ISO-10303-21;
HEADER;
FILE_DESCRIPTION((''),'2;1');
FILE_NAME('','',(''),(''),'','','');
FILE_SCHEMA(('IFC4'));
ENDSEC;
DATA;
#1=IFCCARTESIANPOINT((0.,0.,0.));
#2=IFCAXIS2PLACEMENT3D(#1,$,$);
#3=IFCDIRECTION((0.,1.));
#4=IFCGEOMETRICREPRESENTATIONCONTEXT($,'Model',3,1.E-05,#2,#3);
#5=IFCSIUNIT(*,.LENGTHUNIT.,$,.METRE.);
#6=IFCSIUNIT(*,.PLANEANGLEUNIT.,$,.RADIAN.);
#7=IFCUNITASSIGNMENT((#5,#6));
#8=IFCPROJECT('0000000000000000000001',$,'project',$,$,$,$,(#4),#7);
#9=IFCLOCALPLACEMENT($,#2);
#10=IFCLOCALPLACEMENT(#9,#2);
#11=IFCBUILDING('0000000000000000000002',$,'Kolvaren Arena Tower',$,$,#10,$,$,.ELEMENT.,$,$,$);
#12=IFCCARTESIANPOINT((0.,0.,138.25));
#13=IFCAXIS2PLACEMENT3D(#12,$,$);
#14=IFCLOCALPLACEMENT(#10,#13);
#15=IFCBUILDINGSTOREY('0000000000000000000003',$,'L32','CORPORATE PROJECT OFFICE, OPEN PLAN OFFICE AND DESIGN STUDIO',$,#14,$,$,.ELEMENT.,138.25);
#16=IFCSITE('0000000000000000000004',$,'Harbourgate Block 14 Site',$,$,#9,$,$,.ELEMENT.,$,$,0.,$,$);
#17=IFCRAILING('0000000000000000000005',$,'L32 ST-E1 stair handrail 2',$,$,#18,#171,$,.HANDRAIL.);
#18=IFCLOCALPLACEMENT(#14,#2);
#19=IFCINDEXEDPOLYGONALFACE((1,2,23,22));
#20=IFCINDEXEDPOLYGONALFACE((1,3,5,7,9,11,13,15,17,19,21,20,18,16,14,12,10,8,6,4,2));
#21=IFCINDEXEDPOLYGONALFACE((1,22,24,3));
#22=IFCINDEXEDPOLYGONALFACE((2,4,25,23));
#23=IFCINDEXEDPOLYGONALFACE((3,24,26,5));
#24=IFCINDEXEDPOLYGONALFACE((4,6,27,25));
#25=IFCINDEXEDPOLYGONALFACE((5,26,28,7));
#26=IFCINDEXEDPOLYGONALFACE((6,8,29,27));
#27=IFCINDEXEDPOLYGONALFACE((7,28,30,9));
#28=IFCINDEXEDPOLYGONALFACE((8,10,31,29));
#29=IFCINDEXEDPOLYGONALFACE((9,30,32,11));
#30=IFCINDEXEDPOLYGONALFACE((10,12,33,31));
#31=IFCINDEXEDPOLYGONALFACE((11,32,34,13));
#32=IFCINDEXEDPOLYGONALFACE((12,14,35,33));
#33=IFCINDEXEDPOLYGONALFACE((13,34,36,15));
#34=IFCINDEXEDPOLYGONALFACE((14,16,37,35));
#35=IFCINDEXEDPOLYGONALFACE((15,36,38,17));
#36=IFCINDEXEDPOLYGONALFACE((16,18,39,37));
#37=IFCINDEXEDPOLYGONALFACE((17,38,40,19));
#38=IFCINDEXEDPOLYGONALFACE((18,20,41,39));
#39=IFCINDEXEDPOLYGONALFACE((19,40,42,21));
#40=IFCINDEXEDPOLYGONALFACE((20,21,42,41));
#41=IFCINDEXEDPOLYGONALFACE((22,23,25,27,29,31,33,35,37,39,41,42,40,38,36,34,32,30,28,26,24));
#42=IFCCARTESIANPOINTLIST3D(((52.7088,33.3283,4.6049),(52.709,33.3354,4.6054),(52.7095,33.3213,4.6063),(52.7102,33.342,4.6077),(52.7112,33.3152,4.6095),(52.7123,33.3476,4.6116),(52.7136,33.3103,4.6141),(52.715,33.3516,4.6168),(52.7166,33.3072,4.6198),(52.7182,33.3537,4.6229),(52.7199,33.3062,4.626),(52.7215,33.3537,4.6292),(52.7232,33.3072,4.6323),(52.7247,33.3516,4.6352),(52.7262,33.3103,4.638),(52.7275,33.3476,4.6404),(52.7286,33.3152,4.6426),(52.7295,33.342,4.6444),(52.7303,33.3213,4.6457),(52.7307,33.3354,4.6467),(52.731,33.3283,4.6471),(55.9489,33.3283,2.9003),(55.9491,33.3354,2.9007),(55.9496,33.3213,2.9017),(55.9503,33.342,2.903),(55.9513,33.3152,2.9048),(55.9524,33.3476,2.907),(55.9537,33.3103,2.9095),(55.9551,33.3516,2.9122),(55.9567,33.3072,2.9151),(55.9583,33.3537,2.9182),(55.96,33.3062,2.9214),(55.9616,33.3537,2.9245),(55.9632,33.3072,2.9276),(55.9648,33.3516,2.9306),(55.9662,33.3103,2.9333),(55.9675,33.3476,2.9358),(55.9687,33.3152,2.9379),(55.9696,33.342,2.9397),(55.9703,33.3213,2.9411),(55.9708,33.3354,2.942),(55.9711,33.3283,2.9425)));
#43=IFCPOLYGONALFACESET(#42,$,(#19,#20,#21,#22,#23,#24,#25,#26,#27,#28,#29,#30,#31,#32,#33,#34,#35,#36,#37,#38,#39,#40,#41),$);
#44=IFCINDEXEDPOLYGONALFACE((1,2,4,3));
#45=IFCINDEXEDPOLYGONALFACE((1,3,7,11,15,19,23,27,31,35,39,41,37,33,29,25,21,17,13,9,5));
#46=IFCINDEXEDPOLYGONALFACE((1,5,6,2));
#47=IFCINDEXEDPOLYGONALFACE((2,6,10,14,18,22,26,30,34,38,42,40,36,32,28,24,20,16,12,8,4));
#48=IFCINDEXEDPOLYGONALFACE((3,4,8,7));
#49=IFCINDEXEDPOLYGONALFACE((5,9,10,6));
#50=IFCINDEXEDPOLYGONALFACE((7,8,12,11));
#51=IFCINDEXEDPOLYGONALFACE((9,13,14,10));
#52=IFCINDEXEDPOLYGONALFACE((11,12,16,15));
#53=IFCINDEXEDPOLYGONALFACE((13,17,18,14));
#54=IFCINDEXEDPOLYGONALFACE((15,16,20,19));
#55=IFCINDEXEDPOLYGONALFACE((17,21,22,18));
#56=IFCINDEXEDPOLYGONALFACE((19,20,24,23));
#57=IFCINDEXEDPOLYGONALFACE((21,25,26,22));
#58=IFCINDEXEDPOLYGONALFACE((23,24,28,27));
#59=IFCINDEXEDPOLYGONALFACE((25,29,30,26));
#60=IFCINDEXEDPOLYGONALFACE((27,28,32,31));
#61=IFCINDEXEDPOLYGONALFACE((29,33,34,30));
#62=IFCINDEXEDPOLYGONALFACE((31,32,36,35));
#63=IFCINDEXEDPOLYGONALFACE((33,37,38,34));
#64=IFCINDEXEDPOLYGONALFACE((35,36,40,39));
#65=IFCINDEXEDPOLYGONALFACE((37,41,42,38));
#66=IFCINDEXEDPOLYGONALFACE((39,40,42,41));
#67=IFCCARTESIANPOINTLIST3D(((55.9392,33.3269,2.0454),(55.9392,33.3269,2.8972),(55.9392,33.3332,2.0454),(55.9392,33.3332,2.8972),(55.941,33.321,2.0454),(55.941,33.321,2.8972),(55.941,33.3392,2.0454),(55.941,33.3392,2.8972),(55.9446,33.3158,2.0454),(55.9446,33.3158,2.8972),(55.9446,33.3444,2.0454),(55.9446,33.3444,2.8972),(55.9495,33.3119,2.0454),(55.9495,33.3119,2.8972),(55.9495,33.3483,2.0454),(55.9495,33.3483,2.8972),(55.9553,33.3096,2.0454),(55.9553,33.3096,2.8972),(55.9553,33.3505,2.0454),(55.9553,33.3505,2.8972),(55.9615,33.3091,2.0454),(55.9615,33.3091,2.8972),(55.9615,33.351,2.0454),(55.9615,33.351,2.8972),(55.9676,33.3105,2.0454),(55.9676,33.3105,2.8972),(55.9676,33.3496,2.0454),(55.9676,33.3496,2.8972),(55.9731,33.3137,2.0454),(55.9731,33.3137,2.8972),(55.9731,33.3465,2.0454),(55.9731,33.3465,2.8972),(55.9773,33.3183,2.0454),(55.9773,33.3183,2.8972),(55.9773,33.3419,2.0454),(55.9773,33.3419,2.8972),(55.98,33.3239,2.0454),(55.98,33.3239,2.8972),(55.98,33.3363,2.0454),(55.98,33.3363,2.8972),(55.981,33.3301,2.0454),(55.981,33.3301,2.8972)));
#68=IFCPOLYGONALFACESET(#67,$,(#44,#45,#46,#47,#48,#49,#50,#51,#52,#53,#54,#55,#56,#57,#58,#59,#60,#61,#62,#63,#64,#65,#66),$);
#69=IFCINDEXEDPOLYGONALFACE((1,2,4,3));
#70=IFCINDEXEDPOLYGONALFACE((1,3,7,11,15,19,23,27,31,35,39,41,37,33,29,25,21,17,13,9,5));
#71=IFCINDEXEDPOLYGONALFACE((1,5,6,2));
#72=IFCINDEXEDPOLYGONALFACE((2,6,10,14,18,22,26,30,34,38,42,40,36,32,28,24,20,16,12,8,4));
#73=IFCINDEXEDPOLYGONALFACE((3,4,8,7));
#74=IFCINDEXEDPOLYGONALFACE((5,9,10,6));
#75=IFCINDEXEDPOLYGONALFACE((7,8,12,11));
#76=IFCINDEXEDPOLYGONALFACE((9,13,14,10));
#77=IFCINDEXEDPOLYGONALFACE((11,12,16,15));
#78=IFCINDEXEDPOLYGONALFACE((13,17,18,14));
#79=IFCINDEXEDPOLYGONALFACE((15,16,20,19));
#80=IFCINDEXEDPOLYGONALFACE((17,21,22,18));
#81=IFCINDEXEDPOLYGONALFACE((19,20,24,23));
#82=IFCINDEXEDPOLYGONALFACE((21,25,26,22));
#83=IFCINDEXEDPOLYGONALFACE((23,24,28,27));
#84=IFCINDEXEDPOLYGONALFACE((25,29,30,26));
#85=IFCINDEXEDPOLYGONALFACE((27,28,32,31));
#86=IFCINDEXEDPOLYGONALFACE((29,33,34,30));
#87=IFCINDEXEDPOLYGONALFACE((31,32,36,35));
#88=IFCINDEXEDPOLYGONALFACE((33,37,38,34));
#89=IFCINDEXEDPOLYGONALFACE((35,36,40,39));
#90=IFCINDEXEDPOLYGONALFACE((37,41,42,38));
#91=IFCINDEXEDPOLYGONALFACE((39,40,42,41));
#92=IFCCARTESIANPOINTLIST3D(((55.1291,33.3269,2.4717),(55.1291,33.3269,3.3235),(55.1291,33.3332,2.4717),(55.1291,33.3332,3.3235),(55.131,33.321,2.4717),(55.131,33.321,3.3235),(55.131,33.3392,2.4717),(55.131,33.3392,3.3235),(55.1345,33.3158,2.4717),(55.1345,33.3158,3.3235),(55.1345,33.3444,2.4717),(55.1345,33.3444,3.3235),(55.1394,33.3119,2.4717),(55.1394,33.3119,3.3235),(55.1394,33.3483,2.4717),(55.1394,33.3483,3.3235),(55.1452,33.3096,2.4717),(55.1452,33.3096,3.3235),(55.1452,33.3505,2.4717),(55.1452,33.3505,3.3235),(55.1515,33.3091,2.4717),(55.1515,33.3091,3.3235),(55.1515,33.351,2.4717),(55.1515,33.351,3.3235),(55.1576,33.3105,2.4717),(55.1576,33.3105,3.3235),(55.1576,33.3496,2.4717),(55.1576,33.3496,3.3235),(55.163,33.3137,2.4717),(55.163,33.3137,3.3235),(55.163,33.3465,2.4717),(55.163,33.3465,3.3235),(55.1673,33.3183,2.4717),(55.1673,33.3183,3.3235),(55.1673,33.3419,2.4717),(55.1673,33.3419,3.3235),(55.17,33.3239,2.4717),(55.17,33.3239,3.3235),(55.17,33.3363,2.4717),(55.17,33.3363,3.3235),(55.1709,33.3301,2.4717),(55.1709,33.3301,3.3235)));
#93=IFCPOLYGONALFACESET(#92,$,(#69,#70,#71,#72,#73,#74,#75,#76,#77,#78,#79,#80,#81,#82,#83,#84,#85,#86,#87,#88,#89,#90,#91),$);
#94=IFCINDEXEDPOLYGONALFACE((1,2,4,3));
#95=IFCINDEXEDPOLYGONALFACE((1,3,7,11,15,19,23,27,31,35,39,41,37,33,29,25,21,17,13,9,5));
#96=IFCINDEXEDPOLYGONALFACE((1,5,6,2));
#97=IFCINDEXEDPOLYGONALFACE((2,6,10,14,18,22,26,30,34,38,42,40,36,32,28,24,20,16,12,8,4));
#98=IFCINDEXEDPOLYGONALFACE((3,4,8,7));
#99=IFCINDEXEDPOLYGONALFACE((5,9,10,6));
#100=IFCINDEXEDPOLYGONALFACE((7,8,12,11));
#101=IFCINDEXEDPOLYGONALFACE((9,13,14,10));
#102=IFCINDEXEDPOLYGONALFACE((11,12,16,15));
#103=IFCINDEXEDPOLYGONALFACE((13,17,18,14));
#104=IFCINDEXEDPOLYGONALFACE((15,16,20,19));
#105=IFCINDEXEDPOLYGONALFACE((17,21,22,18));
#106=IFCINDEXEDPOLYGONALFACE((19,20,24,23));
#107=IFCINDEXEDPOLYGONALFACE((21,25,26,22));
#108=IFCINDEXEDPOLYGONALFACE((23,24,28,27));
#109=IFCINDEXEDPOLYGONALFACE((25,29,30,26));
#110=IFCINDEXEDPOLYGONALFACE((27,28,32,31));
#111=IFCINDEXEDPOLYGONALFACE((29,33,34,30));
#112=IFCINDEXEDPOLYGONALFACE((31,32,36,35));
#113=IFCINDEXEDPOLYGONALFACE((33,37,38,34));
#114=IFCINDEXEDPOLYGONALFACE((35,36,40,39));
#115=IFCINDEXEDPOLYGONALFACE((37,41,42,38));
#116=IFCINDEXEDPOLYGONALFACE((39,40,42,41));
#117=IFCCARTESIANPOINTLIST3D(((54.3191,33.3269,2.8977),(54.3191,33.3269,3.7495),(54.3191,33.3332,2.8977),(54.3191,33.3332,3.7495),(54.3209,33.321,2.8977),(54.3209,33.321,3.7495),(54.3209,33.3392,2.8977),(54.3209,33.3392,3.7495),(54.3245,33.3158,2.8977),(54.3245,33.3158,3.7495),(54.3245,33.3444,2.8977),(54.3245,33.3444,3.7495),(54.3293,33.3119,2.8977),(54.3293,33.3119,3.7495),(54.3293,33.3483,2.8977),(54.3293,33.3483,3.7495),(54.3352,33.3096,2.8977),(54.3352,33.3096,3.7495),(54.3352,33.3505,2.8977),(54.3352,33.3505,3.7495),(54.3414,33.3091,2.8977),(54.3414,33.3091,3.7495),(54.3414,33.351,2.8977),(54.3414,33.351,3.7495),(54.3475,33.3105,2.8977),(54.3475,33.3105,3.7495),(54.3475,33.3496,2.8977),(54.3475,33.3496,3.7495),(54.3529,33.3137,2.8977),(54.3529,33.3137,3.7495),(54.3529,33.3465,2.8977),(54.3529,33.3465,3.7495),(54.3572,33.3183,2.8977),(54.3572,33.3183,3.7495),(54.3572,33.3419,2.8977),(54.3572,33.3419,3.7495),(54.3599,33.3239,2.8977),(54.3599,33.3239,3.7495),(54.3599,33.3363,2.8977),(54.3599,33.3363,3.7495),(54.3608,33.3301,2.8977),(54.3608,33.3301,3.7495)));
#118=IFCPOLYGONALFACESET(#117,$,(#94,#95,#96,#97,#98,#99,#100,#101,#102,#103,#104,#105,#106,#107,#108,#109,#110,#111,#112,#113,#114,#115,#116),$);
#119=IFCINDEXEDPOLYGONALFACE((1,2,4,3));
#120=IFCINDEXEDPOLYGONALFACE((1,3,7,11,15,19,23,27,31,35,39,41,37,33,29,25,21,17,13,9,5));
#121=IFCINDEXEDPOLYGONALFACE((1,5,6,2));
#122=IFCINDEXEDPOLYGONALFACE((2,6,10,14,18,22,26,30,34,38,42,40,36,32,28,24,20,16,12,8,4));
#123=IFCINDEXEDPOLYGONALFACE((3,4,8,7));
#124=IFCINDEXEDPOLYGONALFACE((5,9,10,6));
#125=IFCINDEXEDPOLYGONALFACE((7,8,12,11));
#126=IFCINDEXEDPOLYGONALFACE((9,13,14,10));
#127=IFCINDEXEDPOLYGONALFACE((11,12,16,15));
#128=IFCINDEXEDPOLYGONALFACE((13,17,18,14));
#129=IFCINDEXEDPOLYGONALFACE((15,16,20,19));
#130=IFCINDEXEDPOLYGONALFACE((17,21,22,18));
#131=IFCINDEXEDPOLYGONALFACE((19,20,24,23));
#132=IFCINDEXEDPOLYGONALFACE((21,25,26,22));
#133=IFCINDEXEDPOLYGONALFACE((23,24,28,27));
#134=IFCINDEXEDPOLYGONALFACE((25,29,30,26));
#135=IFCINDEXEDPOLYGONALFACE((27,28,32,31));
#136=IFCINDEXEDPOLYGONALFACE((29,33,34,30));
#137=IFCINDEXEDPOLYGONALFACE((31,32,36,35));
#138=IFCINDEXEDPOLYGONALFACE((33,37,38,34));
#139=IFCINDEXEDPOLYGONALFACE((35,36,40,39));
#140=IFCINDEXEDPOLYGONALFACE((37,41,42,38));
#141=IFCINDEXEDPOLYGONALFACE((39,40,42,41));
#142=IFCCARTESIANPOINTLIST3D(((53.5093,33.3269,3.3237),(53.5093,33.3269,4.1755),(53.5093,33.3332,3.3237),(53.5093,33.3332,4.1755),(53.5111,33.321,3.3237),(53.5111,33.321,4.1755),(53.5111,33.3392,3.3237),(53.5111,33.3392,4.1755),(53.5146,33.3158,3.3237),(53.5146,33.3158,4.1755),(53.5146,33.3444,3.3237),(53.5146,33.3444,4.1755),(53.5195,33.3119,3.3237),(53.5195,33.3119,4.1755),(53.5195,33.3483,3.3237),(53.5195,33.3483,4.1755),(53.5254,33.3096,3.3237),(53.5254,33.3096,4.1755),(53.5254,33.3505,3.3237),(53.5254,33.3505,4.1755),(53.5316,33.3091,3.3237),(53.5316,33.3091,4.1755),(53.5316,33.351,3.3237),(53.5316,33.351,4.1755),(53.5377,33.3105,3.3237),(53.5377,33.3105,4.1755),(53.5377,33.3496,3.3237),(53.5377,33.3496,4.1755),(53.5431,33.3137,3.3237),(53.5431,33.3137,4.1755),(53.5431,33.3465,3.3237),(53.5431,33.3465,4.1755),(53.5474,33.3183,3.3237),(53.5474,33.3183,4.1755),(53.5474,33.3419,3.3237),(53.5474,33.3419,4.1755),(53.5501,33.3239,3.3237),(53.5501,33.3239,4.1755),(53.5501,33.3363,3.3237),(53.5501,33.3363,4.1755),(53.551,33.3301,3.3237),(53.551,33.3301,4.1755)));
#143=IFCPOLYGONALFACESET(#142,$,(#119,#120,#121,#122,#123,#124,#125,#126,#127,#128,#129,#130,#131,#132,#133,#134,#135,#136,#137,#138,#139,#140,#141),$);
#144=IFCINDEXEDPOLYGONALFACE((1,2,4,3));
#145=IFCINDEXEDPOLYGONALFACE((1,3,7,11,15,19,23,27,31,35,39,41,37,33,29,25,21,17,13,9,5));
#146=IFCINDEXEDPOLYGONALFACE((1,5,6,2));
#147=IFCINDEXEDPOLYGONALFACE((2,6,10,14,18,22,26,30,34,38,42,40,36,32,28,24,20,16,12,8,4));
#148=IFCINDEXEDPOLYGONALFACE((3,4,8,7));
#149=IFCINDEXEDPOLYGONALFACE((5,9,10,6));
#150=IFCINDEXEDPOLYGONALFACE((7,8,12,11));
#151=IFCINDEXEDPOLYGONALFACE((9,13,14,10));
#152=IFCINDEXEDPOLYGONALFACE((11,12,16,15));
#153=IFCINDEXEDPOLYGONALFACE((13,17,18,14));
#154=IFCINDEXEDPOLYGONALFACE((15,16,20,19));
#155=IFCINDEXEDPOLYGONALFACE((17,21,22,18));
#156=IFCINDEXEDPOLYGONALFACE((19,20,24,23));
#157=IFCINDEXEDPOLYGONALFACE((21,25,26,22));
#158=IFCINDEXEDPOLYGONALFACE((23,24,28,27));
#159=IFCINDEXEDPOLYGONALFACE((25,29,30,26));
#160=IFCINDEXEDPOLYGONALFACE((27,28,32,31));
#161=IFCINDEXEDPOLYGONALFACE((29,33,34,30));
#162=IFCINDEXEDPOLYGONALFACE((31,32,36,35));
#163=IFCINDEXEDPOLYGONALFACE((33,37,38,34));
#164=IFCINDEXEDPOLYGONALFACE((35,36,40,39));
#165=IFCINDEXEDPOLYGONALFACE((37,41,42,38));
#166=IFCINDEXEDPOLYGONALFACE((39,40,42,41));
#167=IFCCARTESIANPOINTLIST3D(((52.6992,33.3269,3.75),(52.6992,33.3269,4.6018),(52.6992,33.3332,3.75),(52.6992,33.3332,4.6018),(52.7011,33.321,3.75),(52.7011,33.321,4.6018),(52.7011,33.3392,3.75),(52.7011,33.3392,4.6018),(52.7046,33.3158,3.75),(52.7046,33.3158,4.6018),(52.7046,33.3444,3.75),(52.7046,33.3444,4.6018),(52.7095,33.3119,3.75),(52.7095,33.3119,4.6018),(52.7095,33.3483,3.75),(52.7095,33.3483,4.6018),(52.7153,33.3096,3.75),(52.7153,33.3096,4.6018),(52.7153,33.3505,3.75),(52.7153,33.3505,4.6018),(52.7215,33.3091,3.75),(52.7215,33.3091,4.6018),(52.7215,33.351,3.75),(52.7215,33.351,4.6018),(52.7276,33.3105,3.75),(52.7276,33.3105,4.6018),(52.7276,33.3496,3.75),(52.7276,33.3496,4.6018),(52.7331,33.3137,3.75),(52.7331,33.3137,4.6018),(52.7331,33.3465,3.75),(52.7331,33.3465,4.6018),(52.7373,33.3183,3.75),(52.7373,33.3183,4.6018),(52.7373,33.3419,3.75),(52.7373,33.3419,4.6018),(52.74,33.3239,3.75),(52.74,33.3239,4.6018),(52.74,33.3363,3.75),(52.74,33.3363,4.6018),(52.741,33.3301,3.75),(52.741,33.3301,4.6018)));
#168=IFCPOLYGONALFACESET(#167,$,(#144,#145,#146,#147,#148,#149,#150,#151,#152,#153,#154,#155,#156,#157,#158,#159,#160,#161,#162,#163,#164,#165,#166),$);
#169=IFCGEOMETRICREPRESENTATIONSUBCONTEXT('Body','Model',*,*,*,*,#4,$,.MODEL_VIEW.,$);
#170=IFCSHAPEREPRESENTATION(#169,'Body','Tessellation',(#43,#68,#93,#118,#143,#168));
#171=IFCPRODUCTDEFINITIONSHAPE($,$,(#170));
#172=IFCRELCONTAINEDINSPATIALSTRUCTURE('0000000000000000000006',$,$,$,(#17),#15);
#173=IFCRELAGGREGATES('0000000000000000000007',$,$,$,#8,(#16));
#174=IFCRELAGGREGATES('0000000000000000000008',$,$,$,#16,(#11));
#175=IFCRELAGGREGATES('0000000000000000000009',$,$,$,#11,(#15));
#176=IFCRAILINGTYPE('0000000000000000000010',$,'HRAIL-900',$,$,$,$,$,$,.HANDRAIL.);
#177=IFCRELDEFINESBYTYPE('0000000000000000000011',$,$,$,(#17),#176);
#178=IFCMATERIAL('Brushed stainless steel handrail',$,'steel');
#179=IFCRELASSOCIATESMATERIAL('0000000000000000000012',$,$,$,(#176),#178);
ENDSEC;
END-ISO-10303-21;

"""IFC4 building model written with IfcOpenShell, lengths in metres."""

from ifc_helpers import new_model, si_unit, direction, frame, origin, origin_2d, place, context, subcontext, project, spatial, circle, extrude, material, type_object, element, save


model = new_model("IFC4")

# Units and contexts
model_context = context("Model", 3, precision=1e-05, world=origin(), true_north=direction((0.0, 1.0)))
body_context = subcontext(model_context, "Body", "Model", "MODEL_VIEW")
ifc_project = project(units=[si_unit("LENGTHUNIT", "METRE"), si_unit("PLANEANGLEUNIT", "RADIAN")], contexts=[model_context])

# Site, building, storey
site_placement = place(None, origin())
site = spatial("IfcSite", under=ifc_project, at=site_placement, Name="Harbourgate Block 14 Site", CompositionType="ELEMENT", RefElevation=0.0)
building_placement = place(site_placement, origin())
building = spatial("IfcBuilding", under=site, at=building_placement, Name="Kolvaren Arena Tower", CompositionType="ELEMENT")
storey_placement = place(building_placement, frame((0.0, 0.0, 138.25)))
storey = spatial("IfcBuildingStorey", under=building, at=storey_placement, Name="L32", Description="CORPORATE PROJECT OFFICE, OPEN PLAN OFFICE AND DESIGN STUDIO", CompositionType="ELEMENT", Elevation=138.25)

# Railing
ifc_material_1 = material(Name="Brushed stainless steel handrail", Category="steel")
railing_type_1 = type_object("IfcRailingType", Name="HRAIL-900", PredefinedType="HANDRAIL", material=ifc_material_1)
for number, where, name in (
    (1, (55.96, 33.3301, 2.0454), "L32 ST-E1 stair handrail 2"),
):
    element("IfcRailing", number, at=place(storey_placement, frame(where)), inside=storey, type_object=railing_type_1, Name=name, PredefinedType="HANDRAIL", context=body_context, shape_type="SweptSolid", body=[
        extrude(circle(Radius=0.0239, at=origin_2d()), frame((0.0, 0.0, 0.876), z_axis=(-0.884993, 0.0, 0.465604), x_axis=(0.0, -1.0, 0.0)), (0.0, 0.0, 1.0), 3.6611),
        extrude(circle(Radius=0.021, at=origin_2d()), origin(), (0.0, 0.0, 1.0), 0.8518),
        extrude(circle(Radius=0.021, at=origin_2d()), frame((-0.8101, 0.0, 0.4263)), (0.0, 0.0, 1.0), 0.8518),
        extrude(circle(Radius=0.021, at=origin_2d()), frame((-1.6201, 0.0, 0.8523)), (0.0, 0.0, 1.0), 0.8518),
        extrude(circle(Radius=0.021, at=origin_2d()), frame((-2.4299, 0.0, 1.2783)), (0.0, 0.0, 1.0), 0.8518),
        extrude(circle(Radius=0.021, at=origin_2d()), frame((-3.24, 0.0, 1.7046)), (0.0, 0.0, 1.0), 0.8518),
    ])

save(model, "model.ifc")
